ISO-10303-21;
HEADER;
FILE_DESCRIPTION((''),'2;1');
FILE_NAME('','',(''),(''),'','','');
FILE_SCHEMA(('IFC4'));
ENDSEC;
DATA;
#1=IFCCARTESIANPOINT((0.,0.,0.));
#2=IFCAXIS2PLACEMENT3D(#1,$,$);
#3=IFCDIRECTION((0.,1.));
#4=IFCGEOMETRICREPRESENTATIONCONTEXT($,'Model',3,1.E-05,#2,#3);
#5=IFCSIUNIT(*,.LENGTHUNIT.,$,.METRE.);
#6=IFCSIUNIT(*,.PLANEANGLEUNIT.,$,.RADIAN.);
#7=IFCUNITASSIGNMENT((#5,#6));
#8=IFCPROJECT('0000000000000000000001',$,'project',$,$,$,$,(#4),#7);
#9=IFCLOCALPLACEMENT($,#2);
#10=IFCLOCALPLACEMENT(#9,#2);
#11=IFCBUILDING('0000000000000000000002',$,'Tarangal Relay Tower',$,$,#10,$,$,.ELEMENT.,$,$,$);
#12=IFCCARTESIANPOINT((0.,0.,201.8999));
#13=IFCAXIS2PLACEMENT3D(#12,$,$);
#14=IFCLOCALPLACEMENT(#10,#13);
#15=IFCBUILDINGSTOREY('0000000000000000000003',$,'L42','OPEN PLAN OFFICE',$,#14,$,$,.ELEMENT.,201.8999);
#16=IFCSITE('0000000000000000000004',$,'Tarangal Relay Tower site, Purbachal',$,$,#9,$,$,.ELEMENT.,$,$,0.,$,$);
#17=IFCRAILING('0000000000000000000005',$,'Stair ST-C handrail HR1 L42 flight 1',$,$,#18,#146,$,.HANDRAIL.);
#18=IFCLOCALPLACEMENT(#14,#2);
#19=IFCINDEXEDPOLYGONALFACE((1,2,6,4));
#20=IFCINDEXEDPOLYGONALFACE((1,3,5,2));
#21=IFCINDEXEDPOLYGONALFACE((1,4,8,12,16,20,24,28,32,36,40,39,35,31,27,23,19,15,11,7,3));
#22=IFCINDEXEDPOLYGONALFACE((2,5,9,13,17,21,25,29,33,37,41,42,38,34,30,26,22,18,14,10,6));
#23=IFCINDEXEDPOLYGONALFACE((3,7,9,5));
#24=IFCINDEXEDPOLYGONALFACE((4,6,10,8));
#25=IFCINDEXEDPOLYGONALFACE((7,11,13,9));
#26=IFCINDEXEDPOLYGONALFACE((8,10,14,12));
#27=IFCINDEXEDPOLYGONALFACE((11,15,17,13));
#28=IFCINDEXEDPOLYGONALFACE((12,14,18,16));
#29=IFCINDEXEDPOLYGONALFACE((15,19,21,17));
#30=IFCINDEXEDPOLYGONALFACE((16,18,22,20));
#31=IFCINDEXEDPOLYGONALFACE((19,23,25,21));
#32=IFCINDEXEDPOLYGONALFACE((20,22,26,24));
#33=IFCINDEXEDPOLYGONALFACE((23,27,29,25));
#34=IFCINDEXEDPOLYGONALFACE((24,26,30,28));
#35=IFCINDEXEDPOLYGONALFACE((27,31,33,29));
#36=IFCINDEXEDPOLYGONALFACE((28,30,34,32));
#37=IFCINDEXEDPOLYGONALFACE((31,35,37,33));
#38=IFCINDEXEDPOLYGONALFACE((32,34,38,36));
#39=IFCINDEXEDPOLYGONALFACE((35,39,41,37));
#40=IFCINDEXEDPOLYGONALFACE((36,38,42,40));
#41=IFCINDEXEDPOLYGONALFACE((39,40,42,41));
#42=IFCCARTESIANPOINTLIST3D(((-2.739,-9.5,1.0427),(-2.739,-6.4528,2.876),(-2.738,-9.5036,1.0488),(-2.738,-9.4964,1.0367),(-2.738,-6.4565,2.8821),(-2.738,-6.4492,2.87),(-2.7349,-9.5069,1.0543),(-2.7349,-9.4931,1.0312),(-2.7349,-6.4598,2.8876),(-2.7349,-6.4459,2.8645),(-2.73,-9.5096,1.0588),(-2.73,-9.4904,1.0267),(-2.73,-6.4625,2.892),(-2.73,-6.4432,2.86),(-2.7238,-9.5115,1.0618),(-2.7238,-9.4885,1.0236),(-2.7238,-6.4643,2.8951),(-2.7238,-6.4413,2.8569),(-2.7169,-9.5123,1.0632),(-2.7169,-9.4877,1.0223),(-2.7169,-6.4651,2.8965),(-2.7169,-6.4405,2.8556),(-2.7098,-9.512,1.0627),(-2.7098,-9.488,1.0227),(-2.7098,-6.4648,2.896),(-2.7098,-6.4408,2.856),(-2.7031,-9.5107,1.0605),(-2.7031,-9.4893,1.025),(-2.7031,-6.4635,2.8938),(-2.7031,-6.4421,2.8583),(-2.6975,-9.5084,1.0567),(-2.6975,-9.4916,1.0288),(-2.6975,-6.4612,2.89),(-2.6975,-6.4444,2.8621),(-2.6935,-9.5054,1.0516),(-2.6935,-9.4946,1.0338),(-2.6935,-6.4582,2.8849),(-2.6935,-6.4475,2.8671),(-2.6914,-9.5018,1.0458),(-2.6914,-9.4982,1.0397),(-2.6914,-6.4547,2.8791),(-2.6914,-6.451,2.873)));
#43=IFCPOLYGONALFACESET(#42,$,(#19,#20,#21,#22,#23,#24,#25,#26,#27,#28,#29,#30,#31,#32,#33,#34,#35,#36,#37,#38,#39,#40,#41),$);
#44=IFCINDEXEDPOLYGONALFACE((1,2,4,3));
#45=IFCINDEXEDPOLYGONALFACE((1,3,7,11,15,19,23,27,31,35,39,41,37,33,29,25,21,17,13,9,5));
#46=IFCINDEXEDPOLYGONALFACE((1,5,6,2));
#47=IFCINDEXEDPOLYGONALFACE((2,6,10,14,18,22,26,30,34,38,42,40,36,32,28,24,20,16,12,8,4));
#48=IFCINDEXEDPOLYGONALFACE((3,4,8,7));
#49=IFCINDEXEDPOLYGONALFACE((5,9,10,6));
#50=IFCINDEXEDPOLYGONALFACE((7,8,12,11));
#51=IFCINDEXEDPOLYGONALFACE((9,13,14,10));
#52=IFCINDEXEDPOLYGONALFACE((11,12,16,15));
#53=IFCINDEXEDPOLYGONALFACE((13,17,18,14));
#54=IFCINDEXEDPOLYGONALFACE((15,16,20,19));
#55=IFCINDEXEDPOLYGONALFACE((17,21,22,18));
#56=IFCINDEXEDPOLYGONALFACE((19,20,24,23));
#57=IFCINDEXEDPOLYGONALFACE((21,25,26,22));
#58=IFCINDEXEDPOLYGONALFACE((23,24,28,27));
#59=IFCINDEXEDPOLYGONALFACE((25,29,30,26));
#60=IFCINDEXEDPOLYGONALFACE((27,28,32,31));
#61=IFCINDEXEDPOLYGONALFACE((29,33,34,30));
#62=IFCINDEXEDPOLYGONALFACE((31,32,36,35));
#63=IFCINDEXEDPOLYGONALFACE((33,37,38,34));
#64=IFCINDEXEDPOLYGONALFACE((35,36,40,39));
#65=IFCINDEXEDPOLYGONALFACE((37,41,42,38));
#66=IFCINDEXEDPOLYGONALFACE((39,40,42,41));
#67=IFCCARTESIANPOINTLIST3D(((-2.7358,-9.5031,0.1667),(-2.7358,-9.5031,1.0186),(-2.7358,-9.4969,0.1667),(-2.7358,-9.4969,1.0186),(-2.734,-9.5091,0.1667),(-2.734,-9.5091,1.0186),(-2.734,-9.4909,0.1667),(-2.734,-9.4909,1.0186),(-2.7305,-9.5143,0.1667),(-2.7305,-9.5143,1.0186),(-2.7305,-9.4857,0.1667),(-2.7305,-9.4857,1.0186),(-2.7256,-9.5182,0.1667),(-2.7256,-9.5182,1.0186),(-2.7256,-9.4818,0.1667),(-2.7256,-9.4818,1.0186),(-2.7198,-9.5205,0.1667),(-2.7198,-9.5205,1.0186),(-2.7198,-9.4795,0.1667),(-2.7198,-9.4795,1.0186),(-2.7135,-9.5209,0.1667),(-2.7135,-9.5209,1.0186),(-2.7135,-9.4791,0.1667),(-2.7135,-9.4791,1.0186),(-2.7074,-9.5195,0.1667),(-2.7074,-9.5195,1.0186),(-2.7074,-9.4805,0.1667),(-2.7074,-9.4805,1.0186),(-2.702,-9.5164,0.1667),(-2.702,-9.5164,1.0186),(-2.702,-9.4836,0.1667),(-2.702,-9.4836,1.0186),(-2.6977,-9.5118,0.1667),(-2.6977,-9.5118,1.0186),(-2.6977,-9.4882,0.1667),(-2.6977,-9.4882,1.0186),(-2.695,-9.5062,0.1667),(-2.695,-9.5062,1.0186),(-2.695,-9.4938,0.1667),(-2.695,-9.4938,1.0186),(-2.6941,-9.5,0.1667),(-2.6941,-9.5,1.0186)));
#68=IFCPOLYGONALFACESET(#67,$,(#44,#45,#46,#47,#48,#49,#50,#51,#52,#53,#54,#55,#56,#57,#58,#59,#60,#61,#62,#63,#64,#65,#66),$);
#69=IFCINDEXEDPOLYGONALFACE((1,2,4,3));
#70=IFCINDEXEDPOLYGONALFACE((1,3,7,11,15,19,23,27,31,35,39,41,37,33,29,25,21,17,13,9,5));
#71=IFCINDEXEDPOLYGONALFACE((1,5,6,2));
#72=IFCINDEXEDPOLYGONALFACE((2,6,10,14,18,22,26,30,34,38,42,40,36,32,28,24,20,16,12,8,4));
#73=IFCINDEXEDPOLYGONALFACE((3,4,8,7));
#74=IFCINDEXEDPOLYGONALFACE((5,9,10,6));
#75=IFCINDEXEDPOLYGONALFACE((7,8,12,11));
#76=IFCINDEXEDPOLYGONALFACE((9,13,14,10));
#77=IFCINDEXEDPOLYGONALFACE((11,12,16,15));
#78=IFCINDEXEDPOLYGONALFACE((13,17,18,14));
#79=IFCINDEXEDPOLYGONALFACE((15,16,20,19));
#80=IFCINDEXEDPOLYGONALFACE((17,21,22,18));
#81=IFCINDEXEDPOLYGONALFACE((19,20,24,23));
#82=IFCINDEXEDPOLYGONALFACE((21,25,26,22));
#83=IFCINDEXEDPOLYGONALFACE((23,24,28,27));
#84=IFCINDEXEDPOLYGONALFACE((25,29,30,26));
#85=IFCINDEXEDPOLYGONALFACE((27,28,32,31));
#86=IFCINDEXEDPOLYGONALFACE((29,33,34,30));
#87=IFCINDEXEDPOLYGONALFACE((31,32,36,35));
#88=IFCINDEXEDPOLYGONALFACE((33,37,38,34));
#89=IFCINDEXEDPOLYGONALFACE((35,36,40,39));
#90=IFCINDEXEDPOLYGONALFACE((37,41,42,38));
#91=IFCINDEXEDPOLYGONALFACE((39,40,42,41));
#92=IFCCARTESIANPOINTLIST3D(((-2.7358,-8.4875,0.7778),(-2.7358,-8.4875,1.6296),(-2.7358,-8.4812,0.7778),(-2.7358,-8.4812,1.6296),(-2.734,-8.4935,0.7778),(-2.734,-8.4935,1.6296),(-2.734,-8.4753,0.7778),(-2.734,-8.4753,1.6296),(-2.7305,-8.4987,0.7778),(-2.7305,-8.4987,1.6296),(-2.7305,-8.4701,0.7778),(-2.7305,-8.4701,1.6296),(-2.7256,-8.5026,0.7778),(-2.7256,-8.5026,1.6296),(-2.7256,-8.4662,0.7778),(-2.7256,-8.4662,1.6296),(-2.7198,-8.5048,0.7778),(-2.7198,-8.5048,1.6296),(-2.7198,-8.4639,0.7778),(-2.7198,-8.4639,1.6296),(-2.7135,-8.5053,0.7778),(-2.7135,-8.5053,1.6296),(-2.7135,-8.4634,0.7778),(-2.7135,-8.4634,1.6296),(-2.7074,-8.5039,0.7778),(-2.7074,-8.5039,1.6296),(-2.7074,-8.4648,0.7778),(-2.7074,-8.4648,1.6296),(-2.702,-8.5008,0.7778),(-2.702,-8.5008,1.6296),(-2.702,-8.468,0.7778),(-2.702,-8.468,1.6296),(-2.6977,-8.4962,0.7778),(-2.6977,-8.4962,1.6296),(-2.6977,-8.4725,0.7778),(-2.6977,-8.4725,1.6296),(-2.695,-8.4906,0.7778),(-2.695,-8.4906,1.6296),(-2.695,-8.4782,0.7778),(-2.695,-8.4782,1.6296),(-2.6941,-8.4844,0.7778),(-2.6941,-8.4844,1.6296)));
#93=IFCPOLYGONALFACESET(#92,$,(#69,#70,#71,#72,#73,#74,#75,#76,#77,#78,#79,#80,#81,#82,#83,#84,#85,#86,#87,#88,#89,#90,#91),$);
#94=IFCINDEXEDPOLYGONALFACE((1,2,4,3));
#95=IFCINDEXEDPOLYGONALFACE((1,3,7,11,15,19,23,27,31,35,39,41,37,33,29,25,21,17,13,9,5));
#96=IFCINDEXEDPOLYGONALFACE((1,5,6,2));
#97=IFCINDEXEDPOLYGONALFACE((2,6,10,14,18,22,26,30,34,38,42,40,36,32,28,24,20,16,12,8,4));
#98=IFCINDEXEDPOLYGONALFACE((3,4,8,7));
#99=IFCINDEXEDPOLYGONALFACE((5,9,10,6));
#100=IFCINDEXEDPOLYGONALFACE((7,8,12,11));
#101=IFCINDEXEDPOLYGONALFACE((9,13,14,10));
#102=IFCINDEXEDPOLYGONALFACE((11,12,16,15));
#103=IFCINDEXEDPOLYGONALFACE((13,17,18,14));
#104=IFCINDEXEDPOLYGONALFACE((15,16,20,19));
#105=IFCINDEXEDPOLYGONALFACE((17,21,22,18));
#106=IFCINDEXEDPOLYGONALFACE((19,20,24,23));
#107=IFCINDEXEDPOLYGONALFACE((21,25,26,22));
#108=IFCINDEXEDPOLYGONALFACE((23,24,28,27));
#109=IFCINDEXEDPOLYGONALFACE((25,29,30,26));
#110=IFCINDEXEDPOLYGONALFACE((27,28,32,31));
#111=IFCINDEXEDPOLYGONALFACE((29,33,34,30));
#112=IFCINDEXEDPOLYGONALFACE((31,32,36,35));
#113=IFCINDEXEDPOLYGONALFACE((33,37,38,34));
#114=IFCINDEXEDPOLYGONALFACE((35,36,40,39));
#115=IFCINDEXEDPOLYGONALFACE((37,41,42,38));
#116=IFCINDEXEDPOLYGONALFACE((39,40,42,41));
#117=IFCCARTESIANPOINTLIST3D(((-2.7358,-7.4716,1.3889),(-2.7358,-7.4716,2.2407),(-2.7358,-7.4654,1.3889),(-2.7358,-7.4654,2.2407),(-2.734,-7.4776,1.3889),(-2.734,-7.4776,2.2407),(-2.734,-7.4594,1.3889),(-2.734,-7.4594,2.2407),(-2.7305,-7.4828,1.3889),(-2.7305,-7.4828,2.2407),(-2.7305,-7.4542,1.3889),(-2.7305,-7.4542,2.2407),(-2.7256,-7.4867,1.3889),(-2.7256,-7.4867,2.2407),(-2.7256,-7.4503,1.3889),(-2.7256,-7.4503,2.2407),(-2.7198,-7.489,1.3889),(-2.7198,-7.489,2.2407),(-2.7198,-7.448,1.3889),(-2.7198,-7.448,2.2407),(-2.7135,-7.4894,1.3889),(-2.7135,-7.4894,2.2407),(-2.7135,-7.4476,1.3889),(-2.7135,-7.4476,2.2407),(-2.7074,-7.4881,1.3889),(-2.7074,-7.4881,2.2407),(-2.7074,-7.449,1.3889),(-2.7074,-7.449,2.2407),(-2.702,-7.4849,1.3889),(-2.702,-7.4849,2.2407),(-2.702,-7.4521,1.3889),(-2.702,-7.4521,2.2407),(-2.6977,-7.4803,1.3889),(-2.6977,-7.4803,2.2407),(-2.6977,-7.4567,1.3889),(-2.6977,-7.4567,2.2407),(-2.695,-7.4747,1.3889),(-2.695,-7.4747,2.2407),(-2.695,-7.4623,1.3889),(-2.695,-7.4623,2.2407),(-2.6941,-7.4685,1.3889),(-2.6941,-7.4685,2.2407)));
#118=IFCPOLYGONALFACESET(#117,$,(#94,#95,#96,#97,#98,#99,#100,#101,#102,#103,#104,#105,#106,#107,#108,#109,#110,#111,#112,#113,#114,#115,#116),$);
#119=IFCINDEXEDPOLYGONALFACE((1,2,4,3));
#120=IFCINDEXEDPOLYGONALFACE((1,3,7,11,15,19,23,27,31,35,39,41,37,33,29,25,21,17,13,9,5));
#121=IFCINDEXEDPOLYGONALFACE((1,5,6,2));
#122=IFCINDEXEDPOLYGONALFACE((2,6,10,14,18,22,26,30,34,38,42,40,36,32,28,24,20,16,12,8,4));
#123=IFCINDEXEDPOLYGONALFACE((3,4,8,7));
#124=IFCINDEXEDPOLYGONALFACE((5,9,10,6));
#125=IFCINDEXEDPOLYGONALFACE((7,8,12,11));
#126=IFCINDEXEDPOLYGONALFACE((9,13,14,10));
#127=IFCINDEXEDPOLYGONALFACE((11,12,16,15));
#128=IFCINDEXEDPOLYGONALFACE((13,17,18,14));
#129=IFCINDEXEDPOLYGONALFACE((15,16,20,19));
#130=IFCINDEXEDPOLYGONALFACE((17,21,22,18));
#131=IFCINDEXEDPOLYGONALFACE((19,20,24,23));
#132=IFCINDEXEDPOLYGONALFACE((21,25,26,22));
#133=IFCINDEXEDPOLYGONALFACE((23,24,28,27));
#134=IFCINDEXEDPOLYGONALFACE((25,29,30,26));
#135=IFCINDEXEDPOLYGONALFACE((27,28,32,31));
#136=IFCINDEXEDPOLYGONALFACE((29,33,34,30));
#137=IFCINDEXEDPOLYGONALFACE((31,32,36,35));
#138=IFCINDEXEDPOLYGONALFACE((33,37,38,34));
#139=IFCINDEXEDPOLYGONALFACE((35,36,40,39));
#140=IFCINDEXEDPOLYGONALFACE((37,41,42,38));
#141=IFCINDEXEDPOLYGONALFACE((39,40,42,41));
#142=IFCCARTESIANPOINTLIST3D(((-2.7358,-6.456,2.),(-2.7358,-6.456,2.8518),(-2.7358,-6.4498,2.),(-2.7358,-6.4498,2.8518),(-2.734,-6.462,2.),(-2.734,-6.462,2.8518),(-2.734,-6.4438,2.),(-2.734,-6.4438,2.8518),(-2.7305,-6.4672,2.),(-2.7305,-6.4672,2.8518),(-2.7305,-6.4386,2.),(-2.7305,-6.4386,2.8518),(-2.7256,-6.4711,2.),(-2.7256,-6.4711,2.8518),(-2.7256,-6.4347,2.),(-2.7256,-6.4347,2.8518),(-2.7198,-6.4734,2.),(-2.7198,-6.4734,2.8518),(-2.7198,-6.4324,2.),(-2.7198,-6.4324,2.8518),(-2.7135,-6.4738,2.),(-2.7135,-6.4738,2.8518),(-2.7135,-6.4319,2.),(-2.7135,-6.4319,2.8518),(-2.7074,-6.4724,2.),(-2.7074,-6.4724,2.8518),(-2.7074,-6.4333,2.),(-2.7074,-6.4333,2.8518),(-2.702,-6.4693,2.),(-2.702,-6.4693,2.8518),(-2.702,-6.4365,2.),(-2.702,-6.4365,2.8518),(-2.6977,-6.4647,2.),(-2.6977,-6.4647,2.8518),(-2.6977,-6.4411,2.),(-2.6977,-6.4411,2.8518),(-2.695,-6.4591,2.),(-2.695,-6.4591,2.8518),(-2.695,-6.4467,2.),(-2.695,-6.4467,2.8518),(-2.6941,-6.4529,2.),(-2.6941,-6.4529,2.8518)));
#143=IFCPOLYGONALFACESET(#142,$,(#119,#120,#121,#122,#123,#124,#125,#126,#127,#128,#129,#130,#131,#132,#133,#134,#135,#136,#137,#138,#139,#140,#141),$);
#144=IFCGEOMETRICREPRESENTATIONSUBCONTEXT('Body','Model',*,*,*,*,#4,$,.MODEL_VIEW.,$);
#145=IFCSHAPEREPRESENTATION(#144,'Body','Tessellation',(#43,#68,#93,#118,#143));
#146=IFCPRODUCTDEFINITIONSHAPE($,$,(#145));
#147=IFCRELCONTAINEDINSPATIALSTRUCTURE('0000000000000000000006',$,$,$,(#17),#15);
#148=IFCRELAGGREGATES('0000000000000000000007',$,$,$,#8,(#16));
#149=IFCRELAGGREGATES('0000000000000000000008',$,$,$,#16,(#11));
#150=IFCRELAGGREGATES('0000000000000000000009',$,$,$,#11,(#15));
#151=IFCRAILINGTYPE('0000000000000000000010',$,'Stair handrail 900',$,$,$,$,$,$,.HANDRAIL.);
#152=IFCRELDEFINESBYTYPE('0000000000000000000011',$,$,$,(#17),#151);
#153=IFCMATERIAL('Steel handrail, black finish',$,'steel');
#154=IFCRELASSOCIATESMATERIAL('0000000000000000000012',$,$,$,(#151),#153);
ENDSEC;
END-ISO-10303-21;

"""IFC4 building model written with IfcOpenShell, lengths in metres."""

from ifc_helpers import new_model, si_unit, direction, frame, origin, origin_2d, place, context, subcontext, project, spatial, circle, extrude, material, type_object, element, save


model = new_model("IFC4")

# Units and contexts
model_context = context("Model", 3, precision=1e-05, world=origin(), true_north=direction((0.0, 1.0)))
body_context = subcontext(model_context, "Body", "Model", "MODEL_VIEW")
ifc_project = project(units=[si_unit("LENGTHUNIT", "METRE"), si_unit("PLANEANGLEUNIT", "RADIAN")], contexts=[model_context])

# Site, building, storey
site_placement = place(None, origin())
site = spatial("IfcSite", under=ifc_project, at=site_placement, Name="Tarangal Relay Tower site, Purbachal", CompositionType="ELEMENT", RefElevation=0.0)
building_placement = place(site_placement, origin())
building = spatial("IfcBuilding", under=site, at=building_placement, Name="Tarangal Relay Tower", CompositionType="ELEMENT")
storey_placement = place(building_placement, frame((0.0, 0.0, 201.8999)))
storey = spatial("IfcBuildingStorey", under=building, at=storey_placement, Name="L42", Description="OPEN PLAN OFFICE", CompositionType="ELEMENT", Elevation=201.8999)

# Railing
ifc_material_1 = material(Name="Steel handrail, black finish", Category="steel")
railing_type_1 = type_object("IfcRailingType", Name="Stair handrail 900", PredefinedType="HANDRAIL", material=ifc_material_1)
railing_1_placement = place(storey_placement, frame((-2.7151, -9.5, 0.1667)))
element("IfcRailing", 1, at=railing_1_placement, inside=storey, type_object=railing_type_1, Name="Stair ST-C handrail HR1 L42 flight 1", PredefinedType="HANDRAIL", context=body_context, shape_type="SweptSolid", body=[
    extrude(circle(Radius=0.0239, at=origin_2d()), frame((0.0, 0.0, 0.876), z_axis=(0.0, 0.856874, 0.515525), x_axis=(-1.0, 0.0, 0.0)), (0.0, 0.0, 1.0), 3.5562),
    extrude(circle(Radius=0.021, at=origin_2d()), origin(), (0.0, 0.0, 1.0), 0.8518),
    extrude(circle(Radius=0.021, at=origin_2d()), frame((0.0, 1.0156, 0.6111)), (0.0, 0.0, 1.0), 0.8518),
    extrude(circle(Radius=0.021, at=origin_2d()), frame((0.0, 2.0315, 1.2222)), (0.0, 0.0, 1.0), 0.8518),
    extrude(circle(Radius=0.021, at=origin_2d()), frame((0.0, 3.0471, 1.8333)), (0.0, 0.0, 1.0), 0.8518),
])

save(model, "model.ifc")
